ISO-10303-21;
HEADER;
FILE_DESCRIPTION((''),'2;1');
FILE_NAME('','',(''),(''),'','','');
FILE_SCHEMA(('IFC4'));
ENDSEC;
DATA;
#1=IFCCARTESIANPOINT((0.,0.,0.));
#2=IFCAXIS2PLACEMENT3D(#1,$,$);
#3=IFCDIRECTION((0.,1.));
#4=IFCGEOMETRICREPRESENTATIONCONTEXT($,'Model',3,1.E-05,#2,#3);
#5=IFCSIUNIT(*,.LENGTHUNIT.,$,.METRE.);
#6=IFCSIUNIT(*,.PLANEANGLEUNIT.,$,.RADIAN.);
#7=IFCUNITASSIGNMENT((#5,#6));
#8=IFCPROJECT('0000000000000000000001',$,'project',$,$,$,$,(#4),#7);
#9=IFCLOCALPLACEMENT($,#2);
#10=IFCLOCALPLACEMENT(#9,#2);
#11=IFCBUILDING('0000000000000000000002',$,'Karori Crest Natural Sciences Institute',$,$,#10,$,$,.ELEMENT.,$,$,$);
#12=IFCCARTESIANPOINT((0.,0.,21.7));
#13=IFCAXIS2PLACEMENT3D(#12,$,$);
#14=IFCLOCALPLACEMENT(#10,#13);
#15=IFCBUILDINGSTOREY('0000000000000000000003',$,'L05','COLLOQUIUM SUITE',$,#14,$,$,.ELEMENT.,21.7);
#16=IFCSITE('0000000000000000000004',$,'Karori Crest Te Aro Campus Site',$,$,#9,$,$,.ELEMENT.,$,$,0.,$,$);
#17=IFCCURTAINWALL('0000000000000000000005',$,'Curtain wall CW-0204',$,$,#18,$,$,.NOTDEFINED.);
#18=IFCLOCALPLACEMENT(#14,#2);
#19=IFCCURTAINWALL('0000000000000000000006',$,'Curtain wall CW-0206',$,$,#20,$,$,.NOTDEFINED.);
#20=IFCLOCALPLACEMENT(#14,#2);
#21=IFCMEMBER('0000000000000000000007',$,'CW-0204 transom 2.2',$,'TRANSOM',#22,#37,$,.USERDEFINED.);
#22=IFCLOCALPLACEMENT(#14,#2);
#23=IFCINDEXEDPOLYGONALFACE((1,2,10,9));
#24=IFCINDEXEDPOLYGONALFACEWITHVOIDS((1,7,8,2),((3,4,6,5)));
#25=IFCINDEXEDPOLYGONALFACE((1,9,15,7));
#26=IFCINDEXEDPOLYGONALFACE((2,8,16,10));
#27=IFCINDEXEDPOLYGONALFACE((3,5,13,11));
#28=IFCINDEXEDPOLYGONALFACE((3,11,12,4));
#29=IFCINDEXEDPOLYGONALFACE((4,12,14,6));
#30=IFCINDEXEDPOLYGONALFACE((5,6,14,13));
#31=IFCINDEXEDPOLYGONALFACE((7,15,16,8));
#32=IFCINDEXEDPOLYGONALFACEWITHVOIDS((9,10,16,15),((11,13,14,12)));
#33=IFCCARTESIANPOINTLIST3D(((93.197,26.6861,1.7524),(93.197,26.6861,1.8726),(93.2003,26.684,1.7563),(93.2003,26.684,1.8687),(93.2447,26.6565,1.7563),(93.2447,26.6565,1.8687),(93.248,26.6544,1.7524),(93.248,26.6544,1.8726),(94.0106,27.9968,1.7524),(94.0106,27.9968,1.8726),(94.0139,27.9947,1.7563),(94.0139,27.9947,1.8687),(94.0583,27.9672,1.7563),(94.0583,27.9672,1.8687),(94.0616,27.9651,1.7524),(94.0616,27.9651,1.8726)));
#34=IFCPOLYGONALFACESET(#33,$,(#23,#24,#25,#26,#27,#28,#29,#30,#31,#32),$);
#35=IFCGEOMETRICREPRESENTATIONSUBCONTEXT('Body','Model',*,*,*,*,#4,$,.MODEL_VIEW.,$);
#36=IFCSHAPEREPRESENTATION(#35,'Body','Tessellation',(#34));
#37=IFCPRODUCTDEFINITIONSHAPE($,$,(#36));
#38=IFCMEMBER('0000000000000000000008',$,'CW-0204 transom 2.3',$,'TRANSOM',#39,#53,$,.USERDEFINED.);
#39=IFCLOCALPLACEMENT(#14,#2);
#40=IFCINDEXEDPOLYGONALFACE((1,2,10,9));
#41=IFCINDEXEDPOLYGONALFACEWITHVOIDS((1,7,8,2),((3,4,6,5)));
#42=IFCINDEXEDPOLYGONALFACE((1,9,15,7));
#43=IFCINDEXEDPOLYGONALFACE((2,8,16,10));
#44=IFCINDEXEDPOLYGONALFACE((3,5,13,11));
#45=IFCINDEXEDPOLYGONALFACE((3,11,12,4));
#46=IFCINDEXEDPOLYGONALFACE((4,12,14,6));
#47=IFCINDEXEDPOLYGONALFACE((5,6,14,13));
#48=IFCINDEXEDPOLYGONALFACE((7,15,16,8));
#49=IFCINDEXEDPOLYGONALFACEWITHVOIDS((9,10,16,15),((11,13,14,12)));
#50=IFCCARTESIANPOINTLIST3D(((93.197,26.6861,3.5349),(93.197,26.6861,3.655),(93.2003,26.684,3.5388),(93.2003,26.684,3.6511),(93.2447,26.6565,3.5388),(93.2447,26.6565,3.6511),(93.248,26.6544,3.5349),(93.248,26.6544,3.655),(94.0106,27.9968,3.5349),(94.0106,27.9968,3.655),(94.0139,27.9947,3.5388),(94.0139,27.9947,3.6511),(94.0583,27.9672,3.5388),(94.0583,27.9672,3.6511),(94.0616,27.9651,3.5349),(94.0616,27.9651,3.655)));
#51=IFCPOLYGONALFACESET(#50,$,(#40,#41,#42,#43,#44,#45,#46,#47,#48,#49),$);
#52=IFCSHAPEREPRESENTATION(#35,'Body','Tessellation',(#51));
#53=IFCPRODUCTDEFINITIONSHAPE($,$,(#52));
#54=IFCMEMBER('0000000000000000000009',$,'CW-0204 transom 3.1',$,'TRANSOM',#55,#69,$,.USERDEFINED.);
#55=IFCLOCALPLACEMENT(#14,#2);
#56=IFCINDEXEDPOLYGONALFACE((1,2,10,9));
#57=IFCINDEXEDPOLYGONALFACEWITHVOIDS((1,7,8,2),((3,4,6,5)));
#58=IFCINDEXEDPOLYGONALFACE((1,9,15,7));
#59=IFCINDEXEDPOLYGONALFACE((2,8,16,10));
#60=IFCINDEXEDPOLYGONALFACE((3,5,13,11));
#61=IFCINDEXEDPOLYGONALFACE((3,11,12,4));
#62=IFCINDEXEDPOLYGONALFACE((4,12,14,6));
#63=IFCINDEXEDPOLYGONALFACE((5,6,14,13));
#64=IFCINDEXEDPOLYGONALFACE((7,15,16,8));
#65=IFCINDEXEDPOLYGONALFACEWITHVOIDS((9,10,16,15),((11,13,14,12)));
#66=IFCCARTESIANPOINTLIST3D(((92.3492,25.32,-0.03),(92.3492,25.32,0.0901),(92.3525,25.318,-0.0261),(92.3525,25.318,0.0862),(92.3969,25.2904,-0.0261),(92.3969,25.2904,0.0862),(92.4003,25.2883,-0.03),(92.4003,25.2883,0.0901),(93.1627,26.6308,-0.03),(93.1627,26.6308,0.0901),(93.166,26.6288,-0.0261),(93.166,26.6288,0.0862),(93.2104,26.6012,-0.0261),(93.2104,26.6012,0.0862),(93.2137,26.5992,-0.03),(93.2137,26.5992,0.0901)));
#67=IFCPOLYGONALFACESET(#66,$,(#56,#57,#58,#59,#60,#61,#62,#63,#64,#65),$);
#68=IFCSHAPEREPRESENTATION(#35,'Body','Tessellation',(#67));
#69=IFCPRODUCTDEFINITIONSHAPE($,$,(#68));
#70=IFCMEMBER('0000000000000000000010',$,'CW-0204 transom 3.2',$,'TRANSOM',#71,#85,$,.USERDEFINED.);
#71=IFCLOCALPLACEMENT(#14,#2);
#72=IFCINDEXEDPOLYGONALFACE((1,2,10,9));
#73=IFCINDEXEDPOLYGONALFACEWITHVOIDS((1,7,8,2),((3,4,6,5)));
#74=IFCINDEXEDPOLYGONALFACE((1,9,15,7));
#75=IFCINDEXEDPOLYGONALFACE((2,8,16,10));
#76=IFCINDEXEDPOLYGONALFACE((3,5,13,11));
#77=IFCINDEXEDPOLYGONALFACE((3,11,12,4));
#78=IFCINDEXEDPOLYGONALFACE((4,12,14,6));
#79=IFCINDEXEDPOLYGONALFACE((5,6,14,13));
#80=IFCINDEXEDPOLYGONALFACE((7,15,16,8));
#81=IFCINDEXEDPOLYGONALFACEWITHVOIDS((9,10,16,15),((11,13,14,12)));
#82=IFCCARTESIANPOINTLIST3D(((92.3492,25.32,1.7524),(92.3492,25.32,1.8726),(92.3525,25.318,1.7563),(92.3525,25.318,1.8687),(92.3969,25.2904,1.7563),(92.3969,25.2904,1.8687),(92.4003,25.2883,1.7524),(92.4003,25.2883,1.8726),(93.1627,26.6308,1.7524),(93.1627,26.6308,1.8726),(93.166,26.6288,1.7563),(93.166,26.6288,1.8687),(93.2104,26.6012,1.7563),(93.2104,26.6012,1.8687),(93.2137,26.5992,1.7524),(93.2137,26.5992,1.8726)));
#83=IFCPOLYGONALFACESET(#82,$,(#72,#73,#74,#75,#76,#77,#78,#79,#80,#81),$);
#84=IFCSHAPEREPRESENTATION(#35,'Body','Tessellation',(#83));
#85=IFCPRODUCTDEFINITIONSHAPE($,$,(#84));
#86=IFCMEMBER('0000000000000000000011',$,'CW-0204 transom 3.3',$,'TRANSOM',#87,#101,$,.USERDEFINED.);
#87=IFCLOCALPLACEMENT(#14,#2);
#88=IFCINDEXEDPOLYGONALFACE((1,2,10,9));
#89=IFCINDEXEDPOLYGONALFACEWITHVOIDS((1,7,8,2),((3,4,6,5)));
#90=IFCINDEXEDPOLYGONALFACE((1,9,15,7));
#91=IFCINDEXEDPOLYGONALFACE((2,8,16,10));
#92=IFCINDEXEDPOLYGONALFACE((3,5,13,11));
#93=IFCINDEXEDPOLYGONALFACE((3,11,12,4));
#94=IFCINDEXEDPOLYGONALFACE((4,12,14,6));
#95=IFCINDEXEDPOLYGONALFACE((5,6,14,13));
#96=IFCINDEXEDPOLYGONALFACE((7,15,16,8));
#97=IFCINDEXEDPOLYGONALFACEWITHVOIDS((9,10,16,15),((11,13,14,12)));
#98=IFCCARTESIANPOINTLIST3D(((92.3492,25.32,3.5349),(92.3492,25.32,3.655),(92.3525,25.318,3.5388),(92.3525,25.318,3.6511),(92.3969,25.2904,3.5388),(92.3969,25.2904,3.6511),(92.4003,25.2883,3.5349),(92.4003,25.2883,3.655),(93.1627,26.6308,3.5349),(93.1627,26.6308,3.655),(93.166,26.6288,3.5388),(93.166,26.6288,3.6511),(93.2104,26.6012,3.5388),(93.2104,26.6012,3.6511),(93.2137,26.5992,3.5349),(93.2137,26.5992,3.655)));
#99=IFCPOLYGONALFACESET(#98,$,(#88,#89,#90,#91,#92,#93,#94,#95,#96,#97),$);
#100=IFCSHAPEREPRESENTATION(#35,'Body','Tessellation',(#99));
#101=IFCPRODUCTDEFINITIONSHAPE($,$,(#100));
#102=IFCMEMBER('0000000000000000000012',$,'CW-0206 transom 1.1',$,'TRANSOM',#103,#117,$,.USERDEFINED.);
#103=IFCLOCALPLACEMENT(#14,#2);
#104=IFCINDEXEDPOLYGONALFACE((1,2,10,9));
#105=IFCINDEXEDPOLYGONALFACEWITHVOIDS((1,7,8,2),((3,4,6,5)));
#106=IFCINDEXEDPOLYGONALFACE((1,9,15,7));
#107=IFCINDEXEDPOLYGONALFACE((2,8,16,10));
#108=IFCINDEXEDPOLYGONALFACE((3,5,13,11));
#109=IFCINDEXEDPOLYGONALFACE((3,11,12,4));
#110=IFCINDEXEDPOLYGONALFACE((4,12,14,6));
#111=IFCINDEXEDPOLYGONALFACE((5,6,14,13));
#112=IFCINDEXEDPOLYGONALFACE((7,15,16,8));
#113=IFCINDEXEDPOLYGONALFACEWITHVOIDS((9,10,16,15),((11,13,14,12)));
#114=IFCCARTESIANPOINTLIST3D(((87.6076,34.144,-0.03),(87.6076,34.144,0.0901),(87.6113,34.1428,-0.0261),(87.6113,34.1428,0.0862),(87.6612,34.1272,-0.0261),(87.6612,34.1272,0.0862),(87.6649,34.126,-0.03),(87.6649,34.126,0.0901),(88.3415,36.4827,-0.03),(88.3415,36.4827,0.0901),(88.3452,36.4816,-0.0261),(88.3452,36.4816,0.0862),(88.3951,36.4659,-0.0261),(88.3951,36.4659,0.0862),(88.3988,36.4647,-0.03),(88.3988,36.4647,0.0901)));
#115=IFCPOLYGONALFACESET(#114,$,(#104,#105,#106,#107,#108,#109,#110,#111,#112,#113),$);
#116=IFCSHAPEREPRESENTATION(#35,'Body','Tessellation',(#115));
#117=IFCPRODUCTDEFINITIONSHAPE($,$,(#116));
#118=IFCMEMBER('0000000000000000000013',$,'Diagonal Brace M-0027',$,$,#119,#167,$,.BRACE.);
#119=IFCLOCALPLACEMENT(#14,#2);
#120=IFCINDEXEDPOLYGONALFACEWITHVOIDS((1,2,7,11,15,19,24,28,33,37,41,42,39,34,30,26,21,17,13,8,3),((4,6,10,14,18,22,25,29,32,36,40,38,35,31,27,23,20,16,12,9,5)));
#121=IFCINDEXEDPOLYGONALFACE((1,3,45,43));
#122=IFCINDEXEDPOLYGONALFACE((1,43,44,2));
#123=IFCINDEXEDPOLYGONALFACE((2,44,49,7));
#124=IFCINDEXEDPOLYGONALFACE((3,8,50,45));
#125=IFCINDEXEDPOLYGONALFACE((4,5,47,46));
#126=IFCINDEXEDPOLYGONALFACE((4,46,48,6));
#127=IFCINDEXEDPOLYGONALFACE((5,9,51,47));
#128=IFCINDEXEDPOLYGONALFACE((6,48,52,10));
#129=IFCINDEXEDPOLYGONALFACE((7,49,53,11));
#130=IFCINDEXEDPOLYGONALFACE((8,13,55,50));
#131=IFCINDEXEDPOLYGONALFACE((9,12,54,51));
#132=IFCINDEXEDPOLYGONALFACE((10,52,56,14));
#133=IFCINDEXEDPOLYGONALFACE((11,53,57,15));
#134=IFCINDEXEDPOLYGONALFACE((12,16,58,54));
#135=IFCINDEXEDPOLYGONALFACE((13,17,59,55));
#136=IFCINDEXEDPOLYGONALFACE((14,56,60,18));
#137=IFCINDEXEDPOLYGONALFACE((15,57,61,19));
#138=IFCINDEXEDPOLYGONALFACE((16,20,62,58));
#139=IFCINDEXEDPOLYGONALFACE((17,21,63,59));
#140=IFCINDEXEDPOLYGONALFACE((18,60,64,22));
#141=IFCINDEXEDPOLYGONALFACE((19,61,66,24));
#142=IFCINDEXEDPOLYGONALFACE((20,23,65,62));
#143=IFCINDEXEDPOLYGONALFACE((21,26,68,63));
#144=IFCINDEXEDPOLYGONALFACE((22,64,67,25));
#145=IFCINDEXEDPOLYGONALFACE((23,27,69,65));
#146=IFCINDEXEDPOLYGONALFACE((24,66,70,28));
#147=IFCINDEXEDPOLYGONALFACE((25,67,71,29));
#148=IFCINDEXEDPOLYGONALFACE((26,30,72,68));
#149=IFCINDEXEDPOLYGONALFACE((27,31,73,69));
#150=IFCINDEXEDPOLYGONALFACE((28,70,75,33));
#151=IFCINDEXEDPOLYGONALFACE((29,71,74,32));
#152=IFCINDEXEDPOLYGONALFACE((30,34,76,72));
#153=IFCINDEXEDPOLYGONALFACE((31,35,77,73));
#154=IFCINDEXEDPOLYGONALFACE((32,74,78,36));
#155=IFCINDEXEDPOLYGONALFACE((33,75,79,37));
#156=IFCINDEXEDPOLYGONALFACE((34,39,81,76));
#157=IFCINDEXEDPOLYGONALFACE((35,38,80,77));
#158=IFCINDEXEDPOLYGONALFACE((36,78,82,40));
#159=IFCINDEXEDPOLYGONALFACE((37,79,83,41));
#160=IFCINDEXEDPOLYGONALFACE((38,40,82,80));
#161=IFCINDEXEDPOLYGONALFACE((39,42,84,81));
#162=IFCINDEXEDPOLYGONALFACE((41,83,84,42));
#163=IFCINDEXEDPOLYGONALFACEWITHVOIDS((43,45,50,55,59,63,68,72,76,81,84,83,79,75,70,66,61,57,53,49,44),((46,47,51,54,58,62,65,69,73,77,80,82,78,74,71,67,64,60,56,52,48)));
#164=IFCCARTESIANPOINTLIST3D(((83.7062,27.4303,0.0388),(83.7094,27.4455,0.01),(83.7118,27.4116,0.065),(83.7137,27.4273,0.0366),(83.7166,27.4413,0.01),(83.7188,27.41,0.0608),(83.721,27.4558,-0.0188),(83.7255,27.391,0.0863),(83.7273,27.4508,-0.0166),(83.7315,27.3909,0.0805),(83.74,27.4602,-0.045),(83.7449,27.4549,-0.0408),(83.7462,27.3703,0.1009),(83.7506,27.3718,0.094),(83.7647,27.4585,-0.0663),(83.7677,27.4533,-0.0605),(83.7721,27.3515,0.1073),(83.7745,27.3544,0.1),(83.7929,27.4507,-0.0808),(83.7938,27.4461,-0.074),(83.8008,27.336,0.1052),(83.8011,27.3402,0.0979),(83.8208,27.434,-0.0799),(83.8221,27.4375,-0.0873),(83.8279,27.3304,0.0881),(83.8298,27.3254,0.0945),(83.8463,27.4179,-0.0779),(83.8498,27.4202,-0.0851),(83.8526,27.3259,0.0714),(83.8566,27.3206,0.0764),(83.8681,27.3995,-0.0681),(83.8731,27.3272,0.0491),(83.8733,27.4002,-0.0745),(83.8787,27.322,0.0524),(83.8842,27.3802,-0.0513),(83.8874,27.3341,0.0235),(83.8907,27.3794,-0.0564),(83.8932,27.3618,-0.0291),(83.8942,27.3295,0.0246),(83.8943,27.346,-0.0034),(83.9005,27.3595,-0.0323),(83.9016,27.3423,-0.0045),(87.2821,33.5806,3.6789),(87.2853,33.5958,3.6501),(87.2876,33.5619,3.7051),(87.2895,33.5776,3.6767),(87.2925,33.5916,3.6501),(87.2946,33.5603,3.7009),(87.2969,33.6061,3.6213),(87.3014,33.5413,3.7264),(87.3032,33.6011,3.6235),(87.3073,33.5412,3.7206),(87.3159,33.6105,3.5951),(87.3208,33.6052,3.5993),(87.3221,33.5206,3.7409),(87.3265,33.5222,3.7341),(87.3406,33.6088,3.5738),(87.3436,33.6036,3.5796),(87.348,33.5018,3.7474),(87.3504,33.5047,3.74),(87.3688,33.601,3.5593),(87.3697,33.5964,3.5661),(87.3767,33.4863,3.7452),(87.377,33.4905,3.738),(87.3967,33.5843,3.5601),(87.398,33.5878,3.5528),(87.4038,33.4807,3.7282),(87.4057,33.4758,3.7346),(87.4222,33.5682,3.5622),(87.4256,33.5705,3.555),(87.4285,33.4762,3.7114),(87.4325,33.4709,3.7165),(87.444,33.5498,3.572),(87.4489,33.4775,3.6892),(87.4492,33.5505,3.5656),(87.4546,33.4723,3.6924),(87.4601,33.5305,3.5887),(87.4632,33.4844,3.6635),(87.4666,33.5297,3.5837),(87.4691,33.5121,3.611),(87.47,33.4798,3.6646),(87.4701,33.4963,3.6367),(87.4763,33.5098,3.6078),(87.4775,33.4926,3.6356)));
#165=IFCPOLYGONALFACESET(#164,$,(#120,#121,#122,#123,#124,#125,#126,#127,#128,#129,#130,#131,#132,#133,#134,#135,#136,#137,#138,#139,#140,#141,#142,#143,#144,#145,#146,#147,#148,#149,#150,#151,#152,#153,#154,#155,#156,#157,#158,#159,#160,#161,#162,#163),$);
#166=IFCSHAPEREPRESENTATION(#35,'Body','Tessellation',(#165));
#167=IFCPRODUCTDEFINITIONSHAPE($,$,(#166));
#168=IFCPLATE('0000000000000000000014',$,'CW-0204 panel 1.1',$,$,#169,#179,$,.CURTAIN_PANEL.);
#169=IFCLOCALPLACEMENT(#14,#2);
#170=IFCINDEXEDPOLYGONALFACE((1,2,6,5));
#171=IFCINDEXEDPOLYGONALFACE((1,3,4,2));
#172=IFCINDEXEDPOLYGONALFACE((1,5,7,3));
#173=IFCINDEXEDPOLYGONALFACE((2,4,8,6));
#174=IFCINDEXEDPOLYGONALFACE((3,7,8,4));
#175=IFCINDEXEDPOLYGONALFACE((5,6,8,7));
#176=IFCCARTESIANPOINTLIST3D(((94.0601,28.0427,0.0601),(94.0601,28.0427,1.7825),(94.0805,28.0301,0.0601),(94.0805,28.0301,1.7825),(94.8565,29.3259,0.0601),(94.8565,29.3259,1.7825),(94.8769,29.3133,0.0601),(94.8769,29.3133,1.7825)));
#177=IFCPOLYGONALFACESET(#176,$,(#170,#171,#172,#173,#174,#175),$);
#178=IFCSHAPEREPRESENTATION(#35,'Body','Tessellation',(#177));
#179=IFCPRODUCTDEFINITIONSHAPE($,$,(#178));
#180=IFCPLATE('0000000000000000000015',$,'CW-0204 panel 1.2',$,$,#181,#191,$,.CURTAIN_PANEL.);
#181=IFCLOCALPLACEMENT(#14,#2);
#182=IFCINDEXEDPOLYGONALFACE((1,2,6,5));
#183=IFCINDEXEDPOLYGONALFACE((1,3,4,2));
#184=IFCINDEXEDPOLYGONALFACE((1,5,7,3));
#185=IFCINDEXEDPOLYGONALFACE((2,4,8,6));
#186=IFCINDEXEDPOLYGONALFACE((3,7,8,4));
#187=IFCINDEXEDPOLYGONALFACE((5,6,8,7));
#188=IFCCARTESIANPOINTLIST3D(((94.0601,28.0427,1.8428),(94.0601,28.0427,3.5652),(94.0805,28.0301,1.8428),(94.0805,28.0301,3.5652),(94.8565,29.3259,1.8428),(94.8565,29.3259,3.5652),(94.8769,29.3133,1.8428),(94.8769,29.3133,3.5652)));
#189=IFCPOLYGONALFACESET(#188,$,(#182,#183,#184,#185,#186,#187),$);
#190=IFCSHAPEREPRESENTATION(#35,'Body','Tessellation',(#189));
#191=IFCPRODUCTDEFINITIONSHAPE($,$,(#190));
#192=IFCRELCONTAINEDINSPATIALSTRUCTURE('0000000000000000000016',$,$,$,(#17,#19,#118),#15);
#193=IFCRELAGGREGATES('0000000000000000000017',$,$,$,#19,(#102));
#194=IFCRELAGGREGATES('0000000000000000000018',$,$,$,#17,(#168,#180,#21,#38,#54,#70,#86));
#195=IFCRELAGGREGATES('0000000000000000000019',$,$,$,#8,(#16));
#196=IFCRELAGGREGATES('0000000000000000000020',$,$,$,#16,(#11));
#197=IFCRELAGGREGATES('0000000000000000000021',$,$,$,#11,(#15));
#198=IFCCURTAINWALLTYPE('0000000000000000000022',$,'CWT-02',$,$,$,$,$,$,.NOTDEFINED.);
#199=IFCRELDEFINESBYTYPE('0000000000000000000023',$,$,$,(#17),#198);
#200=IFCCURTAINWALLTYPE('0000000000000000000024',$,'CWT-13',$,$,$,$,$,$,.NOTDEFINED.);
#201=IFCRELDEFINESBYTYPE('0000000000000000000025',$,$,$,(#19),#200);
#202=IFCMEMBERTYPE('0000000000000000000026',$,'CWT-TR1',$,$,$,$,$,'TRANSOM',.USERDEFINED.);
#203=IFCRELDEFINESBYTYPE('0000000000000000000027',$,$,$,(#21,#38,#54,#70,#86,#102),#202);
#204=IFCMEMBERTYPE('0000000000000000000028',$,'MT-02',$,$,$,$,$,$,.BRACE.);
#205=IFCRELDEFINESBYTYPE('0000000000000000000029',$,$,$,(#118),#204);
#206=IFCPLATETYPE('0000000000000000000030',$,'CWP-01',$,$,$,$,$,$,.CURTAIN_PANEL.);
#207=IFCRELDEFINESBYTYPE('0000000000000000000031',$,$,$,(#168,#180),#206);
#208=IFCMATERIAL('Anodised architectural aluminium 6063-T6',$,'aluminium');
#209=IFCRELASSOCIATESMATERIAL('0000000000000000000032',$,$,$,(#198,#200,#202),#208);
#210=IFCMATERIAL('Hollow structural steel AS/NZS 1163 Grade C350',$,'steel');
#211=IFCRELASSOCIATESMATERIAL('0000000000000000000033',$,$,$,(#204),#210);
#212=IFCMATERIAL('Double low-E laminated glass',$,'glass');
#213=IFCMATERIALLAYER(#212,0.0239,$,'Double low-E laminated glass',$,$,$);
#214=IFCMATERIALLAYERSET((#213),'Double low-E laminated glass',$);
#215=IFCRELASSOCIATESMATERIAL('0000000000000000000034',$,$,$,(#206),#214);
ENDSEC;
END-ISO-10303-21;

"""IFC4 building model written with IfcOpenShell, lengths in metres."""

from ifc_helpers import new_model, si_unit, direction, frame, origin, origin_2d, place, context, subcontext, project, spatial, rectangle, hollow_rectangle, hollow_circle, extrude, material, layer, layer_set, material_profile, profile_set, type_object, element, aggregate, save


model = new_model("IFC4")

# Units and contexts
model_context = context("Model", 3, precision=1e-05, world=origin(), true_north=direction((0.0, 1.0)))
body_context = subcontext(model_context, "Body", "Model", "MODEL_VIEW")
ifc_project = project(units=[si_unit("LENGTHUNIT", "METRE"), si_unit("PLANEANGLEUNIT", "RADIAN")], contexts=[model_context])

# Site, building, storey
site_placement = place(None, origin())
site = spatial("IfcSite", under=ifc_project, at=site_placement, Name="Karori Crest Te Aro Campus Site", CompositionType="ELEMENT", RefElevation=0.0)
building_placement = place(site_placement, origin())
building = spatial("IfcBuilding", under=site, at=building_placement, Name="Karori Crest Natural Sciences Institute", CompositionType="ELEMENT")
storey_placement = place(building_placement, frame((0.0, 0.0, 21.7)))
storey = spatial("IfcBuildingStorey", under=building, at=storey_placement, Name="L05", Description="COLLOQUIUM SUITE", CompositionType="ELEMENT", Elevation=21.7)

# Shared definitions
ifc_material_1 = material(Name="Hollow structural steel AS/NZS 1163 Grade C350", Category="steel")

# Shared definitions
ifc_material_2 = material(Name="Anodised architectural aluminium 6063-T6", Category="aluminium")

# Curtain wall
curtain_wall_type_1 = type_object("IfcCurtainWallType", Name="CWT-02", PredefinedType="NOTDEFINED", material=ifc_material_2)
curtain_wall_1_placement = place(storey_placement, origin())
curtain_wall_1 = element("IfcCurtainWall", 1, at=curtain_wall_1_placement, inside=storey, type_object=curtain_wall_type_1, Name="Curtain wall CW-0204", PredefinedType="NOTDEFINED")

# Curtain wall
curtain_wall_type_2 = type_object("IfcCurtainWallType", Name="CWT-13", PredefinedType="NOTDEFINED", material=ifc_material_2)
curtain_wall_2_placement = place(storey_placement, origin())
curtain_wall_2 = element("IfcCurtainWall", 2, at=curtain_wall_2_placement, inside=storey, type_object=curtain_wall_type_2, Name="Curtain wall CW-0206", PredefinedType="NOTDEFINED")

# Members
ifc_material_profile_1 = material_profile(ifc_material_2, hollow_rectangle(XDim=0.0601, YDim=0.1201, WallThickness=0.0039, at=origin_2d()), Name="CWT120x60x4")
ifc_profile_set_1 = profile_set([ifc_material_profile_1], Name="Anodised architectural aluminium 6063-T6")
member_type_1 = type_object("IfcMemberType", Name="CWT-TR1", ElementType="TRANSOM", PredefinedType="USERDEFINED", material=ifc_profile_set_1)
member_1_placement = place(storey_placement, frame((94.0361, 27.981, 1.8125), z_axis=(-0.527422, -0.849603, 0.0), x_axis=(0.849603, -0.527422, 0.0)))
member_1 = element("IfcMember", 3, at=member_1_placement, type_object=member_type_1, Name="CW-0204 transom 2.2", ObjectType="TRANSOM", PredefinedType="USERDEFINED", context=body_context, shape_type="SweptSolid", body=[
    extrude(hollow_rectangle(XDim=0.0601, YDim=0.1201, WallThickness=0.0039, at=origin_2d()), origin(), (0.0, 0.0, 1.0), 1.5427),
])
member_2_placement = place(storey_placement, frame((94.0361, 27.981, 3.595), z_axis=(-0.527422, -0.849603, 0.0), x_axis=(0.849603, -0.527422, 0.0)))
member_2 = element("IfcMember", 4, at=member_2_placement, type_object=member_type_1, Name="CW-0204 transom 2.3", ObjectType="TRANSOM", PredefinedType="USERDEFINED", context=body_context, shape_type="SweptSolid", body=[
    extrude(hollow_rectangle(XDim=0.0601, YDim=0.1201, WallThickness=0.0039, at=origin_2d()), origin(), (0.0, 0.0, 1.0), 1.5427),
])
member_3_placement = place(storey_placement, frame((93.1882, 26.615, 0.03), z_axis=(-0.527308, -0.849674, 0.0), x_axis=(0.849674, -0.527308, 0.0)))
member_3 = element("IfcMember", 5, at=member_3_placement, type_object=member_type_1, Name="CW-0204 transom 3.1", ObjectType="TRANSOM", PredefinedType="USERDEFINED", context=body_context, shape_type="SweptSolid", body=[
    extrude(hollow_rectangle(XDim=0.0601, YDim=0.1201, WallThickness=0.0039, at=origin_2d()), origin(), (0.0, 0.0, 1.0), 1.5427),
])
member_4_placement = place(storey_placement, frame((93.1882, 26.615, 1.8125), z_axis=(-0.527308, -0.849674, 0.0), x_axis=(0.849674, -0.527308, 0.0)))
member_4 = element("IfcMember", 6, at=member_4_placement, type_object=member_type_1, Name="CW-0204 transom 3.2", ObjectType="TRANSOM", PredefinedType="USERDEFINED", context=body_context, shape_type="SweptSolid", body=[
    extrude(hollow_rectangle(XDim=0.0601, YDim=0.1201, WallThickness=0.0039, at=origin_2d()), origin(), (0.0, 0.0, 1.0), 1.5427),
])
member_5_placement = place(storey_placement, frame((93.1882, 26.615, 3.595), z_axis=(-0.527308, -0.849674, 0.0), x_axis=(0.849674, -0.527308, 0.0)))
member_5 = element("IfcMember", 7, at=member_5_placement, type_object=member_type_1, Name="CW-0204 transom 3.3", ObjectType="TRANSOM", PredefinedType="USERDEFINED", context=body_context, shape_type="SweptSolid", body=[
    extrude(hollow_rectangle(XDim=0.0601, YDim=0.1201, WallThickness=0.0039, at=origin_2d()), origin(), (0.0, 0.0, 1.0), 1.5427),
])
member_6_placement = place(storey_placement, frame((87.6362, 34.135, 0.03), z_axis=(0.299415, 0.954123, 0.0), x_axis=(-0.954123, 0.299415, 0.0)))
member_6 = element("IfcMember", 8, at=member_6_placement, type_object=member_type_1, Name="CW-0206 transom 1.1", ObjectType="TRANSOM", PredefinedType="USERDEFINED", context=body_context, shape_type="SweptSolid", body=[
    extrude(hollow_rectangle(XDim=0.0601, YDim=0.1201, WallThickness=0.0039, at=origin_2d()), origin(), (0.0, 0.0, 1.0), 2.4512),
])
aggregate(curtain_wall_2, [member_6])
ifc_material_profile_2 = material_profile(ifc_material_1, hollow_circle(Radius=0.1096, WallThickness=0.0083, at=origin_2d()), Name="CHS219.1x8.2")
ifc_profile_set_2 = profile_set([ifc_material_profile_2], Name="Hollow structural steel AS/NZS 1163 Grade C350")
member_type_2 = type_object("IfcMemberType", Name="MT-02", PredefinedType="BRACE", material=ifc_profile_set_2)
member_7_placement = place(storey_placement, frame((83.8042, 27.3904, 0.01), z_axis=(0.447463, 0.76961, 0.455497), x_axis=(-0.8645, 0.502633, 0.0)))
element("IfcMember", 9, at=member_7_placement, inside=storey, type_object=member_type_2, Name="Diagonal Brace M-0027", PredefinedType="BRACE", context=body_context, shape_type="SweptSolid", body=[
    extrude(hollow_circle(Radius=0.1096, WallThickness=0.0083, at=origin_2d()), origin(), (0.0, 0.0, 1.0), 7.9915),
])

# Plates
ifc_material_3 = material(Name="Double low-E laminated glass", Category="glass")
ifc_layer_1 = layer(ifc_material_3, 0.0239, Name="Double low-E laminated glass")
ifc_layer_set_1 = layer_set([ifc_layer_1], Name="Double low-E laminated glass")
plate_type_1 = type_object("IfcPlateType", Name="CWP-01", PredefinedType="CURTAIN_PANEL", material=ifc_layer_set_1)
plate_1_placement = place(storey_placement, frame((94.4685, 28.678, 0.0601), z_axis=(0.0, 0.0, 1.0), x_axis=(-0.527324, -0.849664, 0.0)))
plate_1 = element("IfcPlate", 10, at=plate_1_placement, type_object=plate_type_1, Name="CW-0204 panel 1.1", PredefinedType="CURTAIN_PANEL", context=body_context, shape_type="SweptSolid", body=[
    extrude(rectangle(XDim=1.5103, YDim=0.0239, at=origin_2d()), origin(), (0.0, 0.0, 1.0), 1.7224),
])
plate_2_placement = place(storey_placement, frame((94.4685, 28.678, 1.8428), z_axis=(0.0, 0.0, 1.0), x_axis=(-0.527324, -0.849664, 0.0)))
plate_2 = element("IfcPlate", 11, at=plate_2_placement, type_object=plate_type_1, Name="CW-0204 panel 1.2", PredefinedType="CURTAIN_PANEL", context=body_context, shape_type="SweptSolid", body=[
    extrude(rectangle(XDim=1.5103, YDim=0.0239, at=origin_2d()), origin(), (0.0, 0.0, 1.0), 1.7224),
])
aggregate(curtain_wall_1, [plate_1, plate_2, member_1, member_2, member_3, member_4, member_5])

save(model, "model.ifc")
